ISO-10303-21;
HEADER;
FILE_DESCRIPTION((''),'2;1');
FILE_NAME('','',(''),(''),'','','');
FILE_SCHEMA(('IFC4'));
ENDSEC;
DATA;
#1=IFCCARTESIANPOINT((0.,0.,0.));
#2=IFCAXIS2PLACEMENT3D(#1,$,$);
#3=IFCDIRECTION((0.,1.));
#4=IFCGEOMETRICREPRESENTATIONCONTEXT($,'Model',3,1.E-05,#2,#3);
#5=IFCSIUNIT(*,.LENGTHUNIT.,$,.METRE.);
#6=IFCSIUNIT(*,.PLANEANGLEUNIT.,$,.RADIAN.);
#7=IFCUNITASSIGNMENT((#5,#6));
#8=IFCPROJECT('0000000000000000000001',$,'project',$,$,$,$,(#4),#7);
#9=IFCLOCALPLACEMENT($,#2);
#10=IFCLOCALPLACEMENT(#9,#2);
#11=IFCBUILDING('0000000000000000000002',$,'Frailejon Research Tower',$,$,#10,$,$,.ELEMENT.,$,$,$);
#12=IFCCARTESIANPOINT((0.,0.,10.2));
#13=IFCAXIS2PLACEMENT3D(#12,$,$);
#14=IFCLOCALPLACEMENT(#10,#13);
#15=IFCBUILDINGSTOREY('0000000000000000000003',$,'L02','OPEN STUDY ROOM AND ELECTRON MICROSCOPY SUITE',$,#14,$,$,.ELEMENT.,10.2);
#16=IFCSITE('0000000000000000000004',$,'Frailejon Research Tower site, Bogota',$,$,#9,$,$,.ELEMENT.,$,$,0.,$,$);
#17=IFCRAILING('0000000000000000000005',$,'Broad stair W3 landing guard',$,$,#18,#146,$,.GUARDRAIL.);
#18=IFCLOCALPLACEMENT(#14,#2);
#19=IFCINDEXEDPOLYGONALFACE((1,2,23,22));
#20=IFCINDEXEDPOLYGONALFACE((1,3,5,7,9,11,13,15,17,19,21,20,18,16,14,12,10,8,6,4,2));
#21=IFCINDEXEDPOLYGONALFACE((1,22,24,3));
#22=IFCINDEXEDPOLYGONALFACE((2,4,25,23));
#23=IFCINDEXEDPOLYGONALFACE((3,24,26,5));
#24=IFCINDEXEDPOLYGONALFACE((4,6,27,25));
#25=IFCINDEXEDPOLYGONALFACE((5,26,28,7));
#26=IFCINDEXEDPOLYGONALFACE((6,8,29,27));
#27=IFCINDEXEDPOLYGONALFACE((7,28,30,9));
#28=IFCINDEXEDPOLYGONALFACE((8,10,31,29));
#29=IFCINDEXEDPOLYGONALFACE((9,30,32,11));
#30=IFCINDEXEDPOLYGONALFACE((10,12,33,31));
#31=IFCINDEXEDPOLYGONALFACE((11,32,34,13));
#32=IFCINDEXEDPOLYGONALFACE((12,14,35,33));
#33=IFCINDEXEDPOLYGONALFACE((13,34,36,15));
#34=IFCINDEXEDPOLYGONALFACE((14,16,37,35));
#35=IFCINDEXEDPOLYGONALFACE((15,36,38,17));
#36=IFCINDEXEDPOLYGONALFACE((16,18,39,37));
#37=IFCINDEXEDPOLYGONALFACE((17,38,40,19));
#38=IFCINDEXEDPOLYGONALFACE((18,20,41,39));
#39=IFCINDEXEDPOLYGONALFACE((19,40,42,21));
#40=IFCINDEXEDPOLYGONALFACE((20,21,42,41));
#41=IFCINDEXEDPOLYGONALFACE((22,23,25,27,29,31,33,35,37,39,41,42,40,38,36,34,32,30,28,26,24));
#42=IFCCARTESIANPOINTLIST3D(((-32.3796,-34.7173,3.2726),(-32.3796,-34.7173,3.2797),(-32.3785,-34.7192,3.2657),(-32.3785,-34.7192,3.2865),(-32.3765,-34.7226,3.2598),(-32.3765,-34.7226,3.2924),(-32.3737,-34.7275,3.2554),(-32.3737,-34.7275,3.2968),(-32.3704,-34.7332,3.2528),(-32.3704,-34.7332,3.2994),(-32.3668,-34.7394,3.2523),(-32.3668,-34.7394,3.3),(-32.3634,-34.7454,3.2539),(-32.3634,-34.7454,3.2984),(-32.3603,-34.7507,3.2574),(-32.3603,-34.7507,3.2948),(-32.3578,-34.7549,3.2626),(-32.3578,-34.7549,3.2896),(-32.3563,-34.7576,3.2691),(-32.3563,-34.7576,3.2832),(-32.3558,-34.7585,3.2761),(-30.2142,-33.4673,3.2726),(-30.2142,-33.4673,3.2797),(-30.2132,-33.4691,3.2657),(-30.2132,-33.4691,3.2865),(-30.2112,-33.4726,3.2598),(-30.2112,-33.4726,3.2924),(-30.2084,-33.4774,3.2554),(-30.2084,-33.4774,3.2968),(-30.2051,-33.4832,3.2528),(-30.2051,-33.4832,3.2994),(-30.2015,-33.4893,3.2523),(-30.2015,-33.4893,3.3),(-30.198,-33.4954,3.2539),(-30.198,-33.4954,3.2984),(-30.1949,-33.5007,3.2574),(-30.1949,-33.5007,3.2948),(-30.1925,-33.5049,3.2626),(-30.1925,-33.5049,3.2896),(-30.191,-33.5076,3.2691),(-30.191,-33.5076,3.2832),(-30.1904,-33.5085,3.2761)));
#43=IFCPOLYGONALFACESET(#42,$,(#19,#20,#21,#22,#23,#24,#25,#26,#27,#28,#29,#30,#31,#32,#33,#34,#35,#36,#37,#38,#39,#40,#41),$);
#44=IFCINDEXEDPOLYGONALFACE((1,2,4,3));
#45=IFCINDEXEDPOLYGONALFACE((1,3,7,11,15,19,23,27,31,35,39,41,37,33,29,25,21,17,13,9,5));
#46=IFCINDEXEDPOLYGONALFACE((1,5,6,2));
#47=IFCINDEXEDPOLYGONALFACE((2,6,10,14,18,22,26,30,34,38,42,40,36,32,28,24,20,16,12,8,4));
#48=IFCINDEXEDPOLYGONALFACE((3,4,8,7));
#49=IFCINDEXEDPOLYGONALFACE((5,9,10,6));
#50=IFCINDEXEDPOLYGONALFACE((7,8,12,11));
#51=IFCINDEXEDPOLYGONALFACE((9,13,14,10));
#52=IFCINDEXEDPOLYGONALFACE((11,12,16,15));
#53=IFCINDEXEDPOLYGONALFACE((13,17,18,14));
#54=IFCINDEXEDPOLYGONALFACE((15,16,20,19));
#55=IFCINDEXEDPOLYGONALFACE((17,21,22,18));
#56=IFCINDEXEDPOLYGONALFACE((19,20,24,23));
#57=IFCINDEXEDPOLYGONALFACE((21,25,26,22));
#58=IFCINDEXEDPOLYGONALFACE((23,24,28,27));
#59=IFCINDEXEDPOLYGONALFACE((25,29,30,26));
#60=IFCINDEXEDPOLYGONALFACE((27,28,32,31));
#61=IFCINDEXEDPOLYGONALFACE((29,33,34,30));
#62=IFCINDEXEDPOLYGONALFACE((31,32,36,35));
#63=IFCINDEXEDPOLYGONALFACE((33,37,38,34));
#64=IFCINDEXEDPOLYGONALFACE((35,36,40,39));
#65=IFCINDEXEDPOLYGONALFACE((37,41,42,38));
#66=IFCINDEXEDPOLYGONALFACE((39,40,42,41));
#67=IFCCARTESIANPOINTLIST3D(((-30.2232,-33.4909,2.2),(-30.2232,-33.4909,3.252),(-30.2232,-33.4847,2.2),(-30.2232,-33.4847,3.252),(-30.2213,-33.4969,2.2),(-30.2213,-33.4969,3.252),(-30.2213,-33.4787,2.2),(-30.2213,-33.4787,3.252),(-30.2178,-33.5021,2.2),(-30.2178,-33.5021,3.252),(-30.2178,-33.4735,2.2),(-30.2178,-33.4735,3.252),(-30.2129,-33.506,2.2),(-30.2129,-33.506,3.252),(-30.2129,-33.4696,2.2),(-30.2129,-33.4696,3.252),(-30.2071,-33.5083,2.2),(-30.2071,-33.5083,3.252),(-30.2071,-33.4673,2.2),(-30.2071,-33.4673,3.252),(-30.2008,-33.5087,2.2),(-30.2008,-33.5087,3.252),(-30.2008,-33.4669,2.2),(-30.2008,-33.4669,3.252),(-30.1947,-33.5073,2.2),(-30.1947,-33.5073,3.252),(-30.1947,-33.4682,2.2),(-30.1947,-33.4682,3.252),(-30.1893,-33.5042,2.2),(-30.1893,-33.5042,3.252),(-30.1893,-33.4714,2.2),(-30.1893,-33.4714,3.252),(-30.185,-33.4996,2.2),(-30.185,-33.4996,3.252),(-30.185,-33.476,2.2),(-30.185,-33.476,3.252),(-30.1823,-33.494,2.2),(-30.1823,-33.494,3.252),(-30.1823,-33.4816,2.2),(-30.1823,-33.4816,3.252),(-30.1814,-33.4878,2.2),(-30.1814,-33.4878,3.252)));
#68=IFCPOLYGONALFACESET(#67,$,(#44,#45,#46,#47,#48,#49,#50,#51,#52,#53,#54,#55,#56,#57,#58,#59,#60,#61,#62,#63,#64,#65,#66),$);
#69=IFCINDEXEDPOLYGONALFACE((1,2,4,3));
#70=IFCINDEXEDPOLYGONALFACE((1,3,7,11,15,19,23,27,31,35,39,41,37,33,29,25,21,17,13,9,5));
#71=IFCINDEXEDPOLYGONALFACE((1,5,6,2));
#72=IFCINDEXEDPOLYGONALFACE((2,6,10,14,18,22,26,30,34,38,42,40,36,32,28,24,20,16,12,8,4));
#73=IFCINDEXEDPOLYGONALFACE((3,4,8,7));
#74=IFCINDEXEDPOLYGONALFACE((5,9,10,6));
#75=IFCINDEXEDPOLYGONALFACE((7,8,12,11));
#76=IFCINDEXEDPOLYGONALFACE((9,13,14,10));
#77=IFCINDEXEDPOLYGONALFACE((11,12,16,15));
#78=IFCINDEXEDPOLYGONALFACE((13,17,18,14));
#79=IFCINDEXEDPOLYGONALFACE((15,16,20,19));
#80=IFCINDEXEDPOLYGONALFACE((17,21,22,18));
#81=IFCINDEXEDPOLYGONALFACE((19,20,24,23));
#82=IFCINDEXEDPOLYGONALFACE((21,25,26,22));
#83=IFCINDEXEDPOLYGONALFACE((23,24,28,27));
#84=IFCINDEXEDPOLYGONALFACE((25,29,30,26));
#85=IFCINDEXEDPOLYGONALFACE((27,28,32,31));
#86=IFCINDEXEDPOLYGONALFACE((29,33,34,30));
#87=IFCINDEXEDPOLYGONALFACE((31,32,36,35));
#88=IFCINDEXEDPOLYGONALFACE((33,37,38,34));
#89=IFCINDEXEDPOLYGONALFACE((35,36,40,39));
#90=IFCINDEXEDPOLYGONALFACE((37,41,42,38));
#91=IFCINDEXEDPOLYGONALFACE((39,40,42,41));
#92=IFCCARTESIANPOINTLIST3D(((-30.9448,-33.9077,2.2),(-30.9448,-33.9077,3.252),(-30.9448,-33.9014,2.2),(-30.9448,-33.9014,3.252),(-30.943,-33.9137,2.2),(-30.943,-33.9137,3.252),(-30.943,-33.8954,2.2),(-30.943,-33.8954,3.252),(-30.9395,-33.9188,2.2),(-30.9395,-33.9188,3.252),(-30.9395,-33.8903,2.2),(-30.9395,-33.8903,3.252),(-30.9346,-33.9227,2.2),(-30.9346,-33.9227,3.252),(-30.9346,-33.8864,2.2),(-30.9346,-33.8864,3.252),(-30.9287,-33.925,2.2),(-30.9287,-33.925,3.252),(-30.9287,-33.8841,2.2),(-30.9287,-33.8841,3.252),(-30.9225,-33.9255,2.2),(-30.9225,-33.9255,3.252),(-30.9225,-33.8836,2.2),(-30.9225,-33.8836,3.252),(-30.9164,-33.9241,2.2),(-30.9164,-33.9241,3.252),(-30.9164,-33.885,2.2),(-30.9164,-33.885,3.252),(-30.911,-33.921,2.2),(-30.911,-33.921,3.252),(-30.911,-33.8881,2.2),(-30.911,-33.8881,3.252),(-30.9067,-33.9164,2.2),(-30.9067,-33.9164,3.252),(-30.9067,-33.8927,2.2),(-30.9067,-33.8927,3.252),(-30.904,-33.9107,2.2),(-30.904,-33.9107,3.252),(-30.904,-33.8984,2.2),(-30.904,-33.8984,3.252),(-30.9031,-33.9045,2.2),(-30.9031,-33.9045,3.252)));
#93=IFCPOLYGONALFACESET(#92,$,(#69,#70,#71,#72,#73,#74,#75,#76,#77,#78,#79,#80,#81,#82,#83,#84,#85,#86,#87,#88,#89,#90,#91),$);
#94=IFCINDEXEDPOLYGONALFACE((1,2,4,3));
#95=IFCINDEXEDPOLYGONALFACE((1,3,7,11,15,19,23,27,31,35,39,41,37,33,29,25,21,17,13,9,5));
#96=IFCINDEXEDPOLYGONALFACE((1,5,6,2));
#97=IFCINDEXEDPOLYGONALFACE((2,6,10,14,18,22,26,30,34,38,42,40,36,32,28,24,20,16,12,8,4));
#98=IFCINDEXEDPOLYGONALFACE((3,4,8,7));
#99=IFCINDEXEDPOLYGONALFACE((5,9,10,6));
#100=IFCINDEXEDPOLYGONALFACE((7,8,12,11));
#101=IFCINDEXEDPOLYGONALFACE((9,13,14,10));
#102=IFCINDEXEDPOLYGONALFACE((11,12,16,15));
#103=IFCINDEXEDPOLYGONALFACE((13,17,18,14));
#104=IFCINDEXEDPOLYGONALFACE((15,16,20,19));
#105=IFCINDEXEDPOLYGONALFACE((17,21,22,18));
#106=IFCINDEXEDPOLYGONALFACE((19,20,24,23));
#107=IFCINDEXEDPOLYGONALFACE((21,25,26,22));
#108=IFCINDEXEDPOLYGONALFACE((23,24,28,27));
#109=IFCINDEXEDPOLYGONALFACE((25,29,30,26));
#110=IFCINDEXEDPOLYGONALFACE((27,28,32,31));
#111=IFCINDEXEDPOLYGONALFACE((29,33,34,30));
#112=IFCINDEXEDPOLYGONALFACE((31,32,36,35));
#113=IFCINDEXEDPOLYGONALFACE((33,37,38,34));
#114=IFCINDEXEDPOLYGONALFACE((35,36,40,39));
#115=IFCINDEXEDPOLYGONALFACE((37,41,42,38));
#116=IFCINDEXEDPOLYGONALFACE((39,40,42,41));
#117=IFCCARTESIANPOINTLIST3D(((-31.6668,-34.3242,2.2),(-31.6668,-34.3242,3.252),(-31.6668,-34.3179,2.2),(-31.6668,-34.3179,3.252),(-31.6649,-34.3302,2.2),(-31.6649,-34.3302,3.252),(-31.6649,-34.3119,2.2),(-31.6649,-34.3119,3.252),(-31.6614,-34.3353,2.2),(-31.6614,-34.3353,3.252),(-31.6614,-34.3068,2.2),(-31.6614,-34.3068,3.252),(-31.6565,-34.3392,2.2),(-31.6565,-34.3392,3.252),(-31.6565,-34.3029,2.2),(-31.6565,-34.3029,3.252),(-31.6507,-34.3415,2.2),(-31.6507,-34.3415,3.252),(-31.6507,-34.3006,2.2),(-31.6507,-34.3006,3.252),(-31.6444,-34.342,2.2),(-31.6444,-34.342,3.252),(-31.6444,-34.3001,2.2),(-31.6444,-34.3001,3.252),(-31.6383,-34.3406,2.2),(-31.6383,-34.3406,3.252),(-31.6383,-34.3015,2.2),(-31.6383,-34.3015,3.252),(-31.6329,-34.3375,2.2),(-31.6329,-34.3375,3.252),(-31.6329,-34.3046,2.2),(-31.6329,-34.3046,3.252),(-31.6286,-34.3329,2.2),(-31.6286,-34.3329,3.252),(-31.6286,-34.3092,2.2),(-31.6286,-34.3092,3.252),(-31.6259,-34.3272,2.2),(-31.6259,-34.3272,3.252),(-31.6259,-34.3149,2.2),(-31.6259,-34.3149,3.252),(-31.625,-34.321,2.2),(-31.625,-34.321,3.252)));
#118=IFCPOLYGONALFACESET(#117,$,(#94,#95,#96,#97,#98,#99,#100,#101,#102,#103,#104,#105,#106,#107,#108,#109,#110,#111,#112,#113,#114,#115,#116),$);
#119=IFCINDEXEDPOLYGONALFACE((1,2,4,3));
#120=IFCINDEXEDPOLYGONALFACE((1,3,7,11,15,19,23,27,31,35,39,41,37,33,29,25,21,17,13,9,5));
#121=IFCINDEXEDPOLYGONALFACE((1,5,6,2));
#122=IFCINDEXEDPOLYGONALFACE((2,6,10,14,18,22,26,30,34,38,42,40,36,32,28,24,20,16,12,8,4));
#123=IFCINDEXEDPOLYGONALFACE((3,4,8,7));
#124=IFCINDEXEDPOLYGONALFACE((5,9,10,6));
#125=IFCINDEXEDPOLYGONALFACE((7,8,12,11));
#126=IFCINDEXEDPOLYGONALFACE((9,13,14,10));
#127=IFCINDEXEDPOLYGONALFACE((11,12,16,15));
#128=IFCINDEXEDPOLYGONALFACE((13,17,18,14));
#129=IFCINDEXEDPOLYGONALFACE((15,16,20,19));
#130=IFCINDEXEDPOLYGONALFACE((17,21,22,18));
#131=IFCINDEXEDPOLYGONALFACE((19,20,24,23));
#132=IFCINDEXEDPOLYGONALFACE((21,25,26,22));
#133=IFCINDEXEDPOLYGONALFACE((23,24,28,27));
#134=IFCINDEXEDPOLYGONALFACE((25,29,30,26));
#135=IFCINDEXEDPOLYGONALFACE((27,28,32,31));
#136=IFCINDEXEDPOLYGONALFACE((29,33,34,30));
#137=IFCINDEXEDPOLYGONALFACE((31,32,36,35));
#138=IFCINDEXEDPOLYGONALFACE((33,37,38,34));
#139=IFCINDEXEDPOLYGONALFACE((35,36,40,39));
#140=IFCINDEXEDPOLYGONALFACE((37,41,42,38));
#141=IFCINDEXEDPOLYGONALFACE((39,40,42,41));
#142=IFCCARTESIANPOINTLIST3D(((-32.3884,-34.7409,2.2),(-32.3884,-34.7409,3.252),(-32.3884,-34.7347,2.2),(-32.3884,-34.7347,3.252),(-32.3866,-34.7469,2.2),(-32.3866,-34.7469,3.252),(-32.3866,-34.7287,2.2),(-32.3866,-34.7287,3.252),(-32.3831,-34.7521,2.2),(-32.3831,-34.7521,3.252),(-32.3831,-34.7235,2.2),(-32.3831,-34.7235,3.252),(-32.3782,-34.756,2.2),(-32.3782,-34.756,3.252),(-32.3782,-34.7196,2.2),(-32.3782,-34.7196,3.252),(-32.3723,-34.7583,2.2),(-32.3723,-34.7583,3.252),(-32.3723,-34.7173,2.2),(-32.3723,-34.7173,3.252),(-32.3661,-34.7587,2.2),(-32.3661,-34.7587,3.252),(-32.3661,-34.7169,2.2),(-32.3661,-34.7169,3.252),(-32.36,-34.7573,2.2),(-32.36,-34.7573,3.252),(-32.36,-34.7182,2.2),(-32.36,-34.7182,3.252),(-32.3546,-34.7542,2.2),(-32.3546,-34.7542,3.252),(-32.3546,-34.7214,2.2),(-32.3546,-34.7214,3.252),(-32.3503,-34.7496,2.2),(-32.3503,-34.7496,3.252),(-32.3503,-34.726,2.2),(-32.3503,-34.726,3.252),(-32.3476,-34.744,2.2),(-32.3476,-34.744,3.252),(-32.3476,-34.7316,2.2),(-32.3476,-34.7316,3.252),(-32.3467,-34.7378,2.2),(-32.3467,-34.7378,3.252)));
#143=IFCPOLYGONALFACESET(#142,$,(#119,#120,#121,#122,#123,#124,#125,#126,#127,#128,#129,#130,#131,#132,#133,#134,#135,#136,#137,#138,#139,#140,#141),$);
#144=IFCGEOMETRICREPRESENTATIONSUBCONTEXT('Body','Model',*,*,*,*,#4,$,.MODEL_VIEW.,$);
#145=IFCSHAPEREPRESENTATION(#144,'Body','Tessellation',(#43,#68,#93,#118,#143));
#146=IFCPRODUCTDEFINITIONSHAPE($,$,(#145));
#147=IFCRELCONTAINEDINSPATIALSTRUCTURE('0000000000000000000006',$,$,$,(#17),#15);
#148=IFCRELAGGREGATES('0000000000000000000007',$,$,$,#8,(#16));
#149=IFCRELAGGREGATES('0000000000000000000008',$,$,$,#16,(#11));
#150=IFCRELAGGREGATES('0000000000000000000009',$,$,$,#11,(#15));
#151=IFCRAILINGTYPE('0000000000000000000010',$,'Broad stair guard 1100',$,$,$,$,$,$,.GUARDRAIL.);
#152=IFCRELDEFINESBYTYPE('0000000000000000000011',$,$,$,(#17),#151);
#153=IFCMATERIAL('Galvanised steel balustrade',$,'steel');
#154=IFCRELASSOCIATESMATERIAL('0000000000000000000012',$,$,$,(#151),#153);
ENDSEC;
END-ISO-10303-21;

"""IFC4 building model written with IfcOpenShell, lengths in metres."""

from ifc_helpers import new_model, si_unit, direction, frame, origin, origin_2d, place, context, subcontext, project, spatial, circle, extrude, material, type_object, element, save


model = new_model("IFC4")

# Units and contexts
model_context = context("Model", 3, precision=1e-05, world=origin(), true_north=direction((0.0, 1.0)))
body_context = subcontext(model_context, "Body", "Model", "MODEL_VIEW")
ifc_project = project(units=[si_unit("LENGTHUNIT", "METRE"), si_unit("PLANEANGLEUNIT", "RADIAN")], contexts=[model_context])

# Site, building, storey
site_placement = place(None, origin())
site = spatial("IfcSite", under=ifc_project, at=site_placement, Name="Frailejon Research Tower site, Bogota", CompositionType="ELEMENT", RefElevation=0.0)
building_placement = place(site_placement, origin())
building = spatial("IfcBuilding", under=site, at=building_placement, Name="Frailejon Research Tower", CompositionType="ELEMENT")
storey_placement = place(building_placement, frame((0.0, 0.0, 10.2)))
storey = spatial("IfcBuildingStorey", under=building, at=storey_placement, Name="L02", Description="OPEN STUDY ROOM AND ELECTRON MICROSCOPY SUITE", CompositionType="ELEMENT", Elevation=10.2)

# Railing
ifc_material_1 = material(Name="Galvanised steel balustrade", Category="steel")
railing_type_1 = type_object("IfcRailingType", Name="Broad stair guard 1100", PredefinedType="GUARDRAIL", material=ifc_material_1)
railing_1_placement = place(storey_placement, frame((-30.2024, -33.4878, 2.2)))
element("IfcRailing", 1, at=railing_1_placement, inside=storey, type_object=railing_type_1, Name="Broad stair W3 landing guard", PredefinedType="GUARDRAIL", context=body_context, shape_type="SweptSolid", body=[
    extrude(circle(Radius=0.0239, at=origin_2d()), frame((0.0, 0.0, 1.0762), z_axis=(-0.866047, -0.499962, 0.0), x_axis=(0.499962, -0.866047, 0.0)), (0.0, 0.0, 1.0), 2.5002),
    extrude(circle(Radius=0.021, at=origin_2d()), origin(), (0.0, 0.0, 1.0), 1.052),
    extrude(circle(Radius=0.021, at=origin_2d()), frame((-0.7217, -0.4167, 0.0)), (0.0, 0.0, 1.0), 1.052),
    extrude(circle(Radius=0.021, at=origin_2d()), frame((-1.4436, -0.8333, 0.0)), (0.0, 0.0, 1.0), 1.052),
    extrude(circle(Radius=0.021, at=origin_2d()), frame((-2.1653, -1.25, 0.0)), (0.0, 0.0, 1.0), 1.052),
])

save(model, "model.ifc")
